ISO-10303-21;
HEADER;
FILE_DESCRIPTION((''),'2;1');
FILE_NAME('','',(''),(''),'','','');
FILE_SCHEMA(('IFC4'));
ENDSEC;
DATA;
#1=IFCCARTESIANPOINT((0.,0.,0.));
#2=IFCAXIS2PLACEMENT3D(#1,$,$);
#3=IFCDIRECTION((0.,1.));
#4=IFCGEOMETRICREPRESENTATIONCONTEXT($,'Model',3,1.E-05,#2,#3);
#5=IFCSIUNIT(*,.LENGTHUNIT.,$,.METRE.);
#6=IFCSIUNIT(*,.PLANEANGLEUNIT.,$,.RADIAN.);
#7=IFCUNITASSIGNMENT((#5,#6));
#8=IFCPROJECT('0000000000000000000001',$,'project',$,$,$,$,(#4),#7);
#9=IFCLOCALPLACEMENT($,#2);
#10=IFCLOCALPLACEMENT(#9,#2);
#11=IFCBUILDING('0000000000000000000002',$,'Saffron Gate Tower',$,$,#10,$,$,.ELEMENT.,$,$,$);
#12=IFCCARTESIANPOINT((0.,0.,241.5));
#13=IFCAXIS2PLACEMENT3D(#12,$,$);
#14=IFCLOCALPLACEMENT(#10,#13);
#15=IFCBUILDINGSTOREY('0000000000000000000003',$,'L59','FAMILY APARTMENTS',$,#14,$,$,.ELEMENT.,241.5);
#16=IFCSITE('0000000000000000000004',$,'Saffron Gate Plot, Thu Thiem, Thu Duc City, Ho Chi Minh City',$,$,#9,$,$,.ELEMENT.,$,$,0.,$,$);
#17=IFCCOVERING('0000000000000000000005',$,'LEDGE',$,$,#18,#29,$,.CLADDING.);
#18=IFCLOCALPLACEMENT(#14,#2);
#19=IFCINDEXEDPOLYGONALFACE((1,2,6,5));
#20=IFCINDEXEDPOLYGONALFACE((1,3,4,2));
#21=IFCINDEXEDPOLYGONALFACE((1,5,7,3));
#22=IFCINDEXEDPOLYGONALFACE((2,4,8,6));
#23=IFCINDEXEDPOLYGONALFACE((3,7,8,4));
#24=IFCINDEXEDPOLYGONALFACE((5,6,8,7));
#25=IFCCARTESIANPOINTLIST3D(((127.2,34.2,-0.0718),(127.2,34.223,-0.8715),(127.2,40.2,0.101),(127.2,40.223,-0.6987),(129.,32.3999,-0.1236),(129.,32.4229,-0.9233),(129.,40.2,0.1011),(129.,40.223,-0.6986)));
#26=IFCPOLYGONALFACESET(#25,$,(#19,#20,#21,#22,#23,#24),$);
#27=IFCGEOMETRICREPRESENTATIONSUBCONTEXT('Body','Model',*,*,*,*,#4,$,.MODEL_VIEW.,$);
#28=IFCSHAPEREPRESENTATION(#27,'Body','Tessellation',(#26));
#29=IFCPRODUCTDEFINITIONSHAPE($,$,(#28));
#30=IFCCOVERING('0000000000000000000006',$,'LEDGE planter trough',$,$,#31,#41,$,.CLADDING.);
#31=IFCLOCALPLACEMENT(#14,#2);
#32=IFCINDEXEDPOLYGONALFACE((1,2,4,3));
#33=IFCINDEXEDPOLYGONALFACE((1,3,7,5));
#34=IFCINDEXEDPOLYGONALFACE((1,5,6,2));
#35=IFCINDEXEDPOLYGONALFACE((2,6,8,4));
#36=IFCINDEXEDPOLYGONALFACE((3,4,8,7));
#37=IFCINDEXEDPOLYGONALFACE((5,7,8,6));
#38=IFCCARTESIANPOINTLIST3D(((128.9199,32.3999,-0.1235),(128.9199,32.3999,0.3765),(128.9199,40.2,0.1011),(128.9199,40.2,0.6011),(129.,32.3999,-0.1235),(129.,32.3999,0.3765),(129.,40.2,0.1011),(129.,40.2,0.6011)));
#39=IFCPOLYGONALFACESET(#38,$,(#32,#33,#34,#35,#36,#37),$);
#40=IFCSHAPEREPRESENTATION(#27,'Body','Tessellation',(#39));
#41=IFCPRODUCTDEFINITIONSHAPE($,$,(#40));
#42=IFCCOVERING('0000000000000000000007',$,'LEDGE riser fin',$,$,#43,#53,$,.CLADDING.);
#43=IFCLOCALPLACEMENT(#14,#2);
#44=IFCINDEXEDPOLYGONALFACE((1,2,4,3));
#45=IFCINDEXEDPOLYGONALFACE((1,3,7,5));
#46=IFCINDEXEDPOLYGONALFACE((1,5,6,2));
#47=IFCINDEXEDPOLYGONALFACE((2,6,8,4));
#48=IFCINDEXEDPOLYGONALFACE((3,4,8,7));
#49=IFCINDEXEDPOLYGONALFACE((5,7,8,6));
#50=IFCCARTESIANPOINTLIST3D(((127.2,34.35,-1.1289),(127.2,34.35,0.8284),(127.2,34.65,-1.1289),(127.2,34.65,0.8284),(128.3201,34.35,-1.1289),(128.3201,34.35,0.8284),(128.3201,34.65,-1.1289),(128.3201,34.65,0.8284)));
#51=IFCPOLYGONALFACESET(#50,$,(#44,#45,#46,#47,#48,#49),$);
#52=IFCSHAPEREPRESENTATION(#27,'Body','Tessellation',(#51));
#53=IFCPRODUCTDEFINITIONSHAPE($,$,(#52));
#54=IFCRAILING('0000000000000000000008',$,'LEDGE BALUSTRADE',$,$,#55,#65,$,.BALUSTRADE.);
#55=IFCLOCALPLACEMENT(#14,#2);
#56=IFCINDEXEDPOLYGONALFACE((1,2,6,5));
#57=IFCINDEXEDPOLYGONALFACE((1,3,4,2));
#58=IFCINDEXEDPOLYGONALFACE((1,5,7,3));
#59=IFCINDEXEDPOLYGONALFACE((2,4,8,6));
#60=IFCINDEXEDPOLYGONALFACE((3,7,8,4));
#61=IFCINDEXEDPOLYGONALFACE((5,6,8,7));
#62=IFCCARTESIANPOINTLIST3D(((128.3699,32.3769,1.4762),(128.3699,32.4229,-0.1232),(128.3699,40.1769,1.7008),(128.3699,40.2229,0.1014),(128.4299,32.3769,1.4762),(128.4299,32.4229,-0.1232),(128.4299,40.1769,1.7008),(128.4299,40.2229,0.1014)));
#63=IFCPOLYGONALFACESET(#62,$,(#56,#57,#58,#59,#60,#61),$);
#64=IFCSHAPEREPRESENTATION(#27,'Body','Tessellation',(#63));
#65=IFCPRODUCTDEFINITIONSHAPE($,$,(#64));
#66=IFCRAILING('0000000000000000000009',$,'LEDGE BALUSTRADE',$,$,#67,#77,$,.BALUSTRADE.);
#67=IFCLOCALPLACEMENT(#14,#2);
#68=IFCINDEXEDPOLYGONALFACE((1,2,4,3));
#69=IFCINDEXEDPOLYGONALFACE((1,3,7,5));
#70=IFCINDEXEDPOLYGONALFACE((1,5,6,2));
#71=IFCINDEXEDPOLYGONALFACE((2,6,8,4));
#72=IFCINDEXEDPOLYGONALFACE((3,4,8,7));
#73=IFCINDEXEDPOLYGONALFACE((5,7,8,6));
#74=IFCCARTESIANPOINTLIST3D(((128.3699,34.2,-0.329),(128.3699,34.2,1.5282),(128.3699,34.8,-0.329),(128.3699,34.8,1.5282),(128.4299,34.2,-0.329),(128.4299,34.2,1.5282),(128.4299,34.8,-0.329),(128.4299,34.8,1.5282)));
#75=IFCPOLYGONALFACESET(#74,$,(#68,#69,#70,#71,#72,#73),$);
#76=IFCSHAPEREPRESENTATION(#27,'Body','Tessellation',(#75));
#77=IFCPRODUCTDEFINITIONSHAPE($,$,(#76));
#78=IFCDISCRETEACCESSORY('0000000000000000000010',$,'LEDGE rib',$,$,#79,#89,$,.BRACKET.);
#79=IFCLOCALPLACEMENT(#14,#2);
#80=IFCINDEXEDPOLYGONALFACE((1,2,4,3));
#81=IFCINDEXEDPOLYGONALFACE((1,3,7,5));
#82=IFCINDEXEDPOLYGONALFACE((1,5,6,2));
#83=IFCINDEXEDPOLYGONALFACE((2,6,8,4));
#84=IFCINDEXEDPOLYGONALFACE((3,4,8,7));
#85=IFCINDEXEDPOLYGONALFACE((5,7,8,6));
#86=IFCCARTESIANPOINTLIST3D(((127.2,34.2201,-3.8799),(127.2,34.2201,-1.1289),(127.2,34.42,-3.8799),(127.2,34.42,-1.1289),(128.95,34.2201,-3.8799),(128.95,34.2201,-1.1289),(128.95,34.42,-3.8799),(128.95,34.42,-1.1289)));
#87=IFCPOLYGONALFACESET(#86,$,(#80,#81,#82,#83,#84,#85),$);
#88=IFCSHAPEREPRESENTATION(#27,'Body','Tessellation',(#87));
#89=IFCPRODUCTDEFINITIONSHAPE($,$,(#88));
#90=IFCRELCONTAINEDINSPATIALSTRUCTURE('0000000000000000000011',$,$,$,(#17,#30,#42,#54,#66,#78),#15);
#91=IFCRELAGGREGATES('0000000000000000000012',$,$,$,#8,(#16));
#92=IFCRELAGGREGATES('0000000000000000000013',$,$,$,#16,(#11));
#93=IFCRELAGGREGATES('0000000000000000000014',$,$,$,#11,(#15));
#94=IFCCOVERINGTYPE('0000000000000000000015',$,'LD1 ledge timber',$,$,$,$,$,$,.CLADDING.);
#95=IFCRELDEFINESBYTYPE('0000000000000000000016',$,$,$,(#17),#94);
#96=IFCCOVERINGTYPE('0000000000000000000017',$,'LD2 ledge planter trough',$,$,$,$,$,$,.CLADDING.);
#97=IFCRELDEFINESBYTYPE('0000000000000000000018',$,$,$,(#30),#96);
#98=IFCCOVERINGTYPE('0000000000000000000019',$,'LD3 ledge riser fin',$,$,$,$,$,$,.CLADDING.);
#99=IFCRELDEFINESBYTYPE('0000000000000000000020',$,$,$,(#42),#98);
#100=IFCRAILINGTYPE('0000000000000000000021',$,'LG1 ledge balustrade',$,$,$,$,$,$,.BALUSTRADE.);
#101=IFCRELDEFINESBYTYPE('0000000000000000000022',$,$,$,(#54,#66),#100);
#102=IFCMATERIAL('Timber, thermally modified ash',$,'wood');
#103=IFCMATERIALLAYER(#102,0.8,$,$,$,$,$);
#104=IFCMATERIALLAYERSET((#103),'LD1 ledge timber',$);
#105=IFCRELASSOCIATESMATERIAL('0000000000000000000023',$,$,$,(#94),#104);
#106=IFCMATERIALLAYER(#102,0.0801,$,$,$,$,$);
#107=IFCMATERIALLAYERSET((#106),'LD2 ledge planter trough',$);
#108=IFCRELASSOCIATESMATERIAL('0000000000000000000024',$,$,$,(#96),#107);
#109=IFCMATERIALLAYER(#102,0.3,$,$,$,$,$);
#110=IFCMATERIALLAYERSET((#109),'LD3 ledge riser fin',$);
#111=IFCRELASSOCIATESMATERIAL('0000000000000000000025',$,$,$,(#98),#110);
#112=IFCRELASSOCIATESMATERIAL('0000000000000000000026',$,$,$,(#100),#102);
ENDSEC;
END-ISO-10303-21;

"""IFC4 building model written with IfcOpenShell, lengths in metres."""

from ifc_helpers import new_model, si_unit, direction, frame, origin, origin_2d, place, context, subcontext, project, spatial, polyline, rectangle, outline, extrude, material, layer, layer_set, type_object, element, save


model = new_model("IFC4")

# Units and contexts
model_context = context("Model", 3, precision=1e-05, world=origin(), true_north=direction((0.0, 1.0)))
body_context = subcontext(model_context, "Body", "Model", "MODEL_VIEW")
ifc_project = project(units=[si_unit("LENGTHUNIT", "METRE"), si_unit("PLANEANGLEUNIT", "RADIAN")], contexts=[model_context])

# Site, building, storey
site_placement = place(None, origin())
site = spatial("IfcSite", under=ifc_project, at=site_placement, Name="Saffron Gate Plot, Thu Thiem, Thu Duc City, Ho Chi Minh City", CompositionType="ELEMENT", RefElevation=0.0)
building_placement = place(site_placement, origin())
building = spatial("IfcBuilding", under=site, at=building_placement, Name="Saffron Gate Tower", CompositionType="ELEMENT")
storey_placement = place(building_placement, frame((0.0, 0.0, 241.5)))
storey = spatial("IfcBuildingStorey", under=building, at=storey_placement, Name="L59", Description="FAMILY APARTMENTS", CompositionType="ELEMENT", Elevation=241.5)

# Coverings
ifc_material_1 = material(Name="Timber, thermally modified ash", Category="wood")
ifc_layer_1 = layer(ifc_material_1, 0.8)
ifc_layer_set_1 = layer_set([ifc_layer_1], Name="LD1 ledge timber")
covering_type_1 = type_object("IfcCoveringType", Name="LD1 ledge timber", PredefinedType="CLADDING", material=ifc_layer_set_1)
covering_1_placement = place(storey_placement, frame((127.2, 34.2, -0.0718), z_axis=(-0.000024, -0.028789, 0.999585), x_axis=(0.0, 0.999585, 0.028789)))
element("IfcCovering", 1, at=covering_1_placement, inside=storey, type_object=covering_type_1, Name="LEDGE", PredefinedType="CLADDING", context=body_context, shape_type="SweptSolid", body=[
    extrude(outline(polyline([(0.0, 0.0), (6.0025, 0.0), (6.0025, -1.8), (-1.8008, -1.8), (0.0, 0.0)])), origin(), (0.0, 0.0, -1.0), 0.8),
])
ifc_layer_2 = layer(ifc_material_1, 0.0801)
ifc_layer_set_2 = layer_set([ifc_layer_2], Name="LD2 ledge planter trough")
covering_type_2 = type_object("IfcCoveringType", Name="LD2 ledge planter trough", PredefinedType="CLADDING", material=ifc_layer_set_2)
covering_2_placement = place(storey_placement, frame((129.0, 32.3999, -0.1235), z_axis=(1.0, 0.0, 0.0), x_axis=(0.0, 0.999586, 0.028784)))
element("IfcCovering", 2, at=covering_2_placement, inside=storey, type_object=covering_type_2, Name="LEDGE planter trough", PredefinedType="CLADDING", context=body_context, shape_type="SweptSolid", body=[
    extrude(outline(polyline([(0.0, 0.0), (7.8033, 0.0), (7.8177, 0.4998), (0.0144, 0.4998), (0.0, 0.0)])), origin(), (0.0, 0.0, -1.0), 0.0801),
])
ifc_layer_3 = layer(ifc_material_1, 0.3)
ifc_layer_set_3 = layer_set([ifc_layer_3], Name="LD3 ledge riser fin")
covering_type_3 = type_object("IfcCoveringType", Name="LD3 ledge riser fin", PredefinedType="CLADDING", material=ifc_layer_set_3)
covering_3_placement = place(storey_placement, frame((127.76, 34.5, -1.1289), z_axis=(0.0, 0.0, 1.0), x_axis=(0.0, 1.0, 0.0)))
element("IfcCovering", 3, at=covering_3_placement, inside=storey, type_object=covering_type_3, Name="LEDGE riser fin", PredefinedType="CLADDING", context=body_context, shape_type="SweptSolid", body=[
    extrude(rectangle(XDim=0.3, YDim=1.1201, at=origin_2d()), origin(), (0.0, 0.0, 1.0), 1.9573),
])

# Railings
railing_type = type_object("IfcRailingType", Name="LG1 ledge balustrade", PredefinedType="BALUSTRADE", material=ifc_material_1)
railing_1_placement = place(storey_placement, frame((128.3999, 32.3999, -0.1235)))
element("IfcRailing", 4, at=railing_1_placement, inside=storey, type_object=railing_type, Name="LEDGE BALUSTRADE", PredefinedType="BALUSTRADE", context=body_context, shape_type="SweptSolid", body=[
    extrude(rectangle(XDim=0.0601, YDim=1.6001, at=origin_2d()), frame((0.0, 0.0, 0.8), z_axis=(0.0, 0.999586, 0.028784), x_axis=(-1.0, 0.0, 0.0)), (0.0, 0.0, 1.0), 7.8032),
])
railing_2_placement = place(storey_placement, frame((128.3999, 34.2, -0.3291)))
element("IfcRailing", 5, at=railing_2_placement, inside=storey, type_object=railing_type, Name="LEDGE BALUSTRADE", PredefinedType="BALUSTRADE", context=body_context, shape_type="SweptSolid", body=[
    extrude(rectangle(XDim=0.0601, YDim=1.8572, at=origin_2d()), frame((0.0, 0.0, 0.9287), z_axis=(0.0, 1.0, 0.0), x_axis=(-1.0, 0.0, 0.0)), (0.0, 0.0, 1.0), 0.6001),
])

# Discrete accessory
discrete_accessory_placement = place(storey_placement, frame((128.075, 34.3201, -3.8799), z_axis=(0.0, 0.0, 1.0), x_axis=(0.0, 1.0, 0.0)))
element("IfcDiscreteAccessory", 6, at=discrete_accessory_placement, inside=storey, Name="LEDGE rib", PredefinedType="BRACKET", context=body_context, shape_type="SweptSolid", body=[
    extrude(rectangle(XDim=0.2, YDim=1.75, at=origin_2d()), origin(), (0.0, 0.0, 1.0), 2.751),
])

save(model, "model.ifc")
